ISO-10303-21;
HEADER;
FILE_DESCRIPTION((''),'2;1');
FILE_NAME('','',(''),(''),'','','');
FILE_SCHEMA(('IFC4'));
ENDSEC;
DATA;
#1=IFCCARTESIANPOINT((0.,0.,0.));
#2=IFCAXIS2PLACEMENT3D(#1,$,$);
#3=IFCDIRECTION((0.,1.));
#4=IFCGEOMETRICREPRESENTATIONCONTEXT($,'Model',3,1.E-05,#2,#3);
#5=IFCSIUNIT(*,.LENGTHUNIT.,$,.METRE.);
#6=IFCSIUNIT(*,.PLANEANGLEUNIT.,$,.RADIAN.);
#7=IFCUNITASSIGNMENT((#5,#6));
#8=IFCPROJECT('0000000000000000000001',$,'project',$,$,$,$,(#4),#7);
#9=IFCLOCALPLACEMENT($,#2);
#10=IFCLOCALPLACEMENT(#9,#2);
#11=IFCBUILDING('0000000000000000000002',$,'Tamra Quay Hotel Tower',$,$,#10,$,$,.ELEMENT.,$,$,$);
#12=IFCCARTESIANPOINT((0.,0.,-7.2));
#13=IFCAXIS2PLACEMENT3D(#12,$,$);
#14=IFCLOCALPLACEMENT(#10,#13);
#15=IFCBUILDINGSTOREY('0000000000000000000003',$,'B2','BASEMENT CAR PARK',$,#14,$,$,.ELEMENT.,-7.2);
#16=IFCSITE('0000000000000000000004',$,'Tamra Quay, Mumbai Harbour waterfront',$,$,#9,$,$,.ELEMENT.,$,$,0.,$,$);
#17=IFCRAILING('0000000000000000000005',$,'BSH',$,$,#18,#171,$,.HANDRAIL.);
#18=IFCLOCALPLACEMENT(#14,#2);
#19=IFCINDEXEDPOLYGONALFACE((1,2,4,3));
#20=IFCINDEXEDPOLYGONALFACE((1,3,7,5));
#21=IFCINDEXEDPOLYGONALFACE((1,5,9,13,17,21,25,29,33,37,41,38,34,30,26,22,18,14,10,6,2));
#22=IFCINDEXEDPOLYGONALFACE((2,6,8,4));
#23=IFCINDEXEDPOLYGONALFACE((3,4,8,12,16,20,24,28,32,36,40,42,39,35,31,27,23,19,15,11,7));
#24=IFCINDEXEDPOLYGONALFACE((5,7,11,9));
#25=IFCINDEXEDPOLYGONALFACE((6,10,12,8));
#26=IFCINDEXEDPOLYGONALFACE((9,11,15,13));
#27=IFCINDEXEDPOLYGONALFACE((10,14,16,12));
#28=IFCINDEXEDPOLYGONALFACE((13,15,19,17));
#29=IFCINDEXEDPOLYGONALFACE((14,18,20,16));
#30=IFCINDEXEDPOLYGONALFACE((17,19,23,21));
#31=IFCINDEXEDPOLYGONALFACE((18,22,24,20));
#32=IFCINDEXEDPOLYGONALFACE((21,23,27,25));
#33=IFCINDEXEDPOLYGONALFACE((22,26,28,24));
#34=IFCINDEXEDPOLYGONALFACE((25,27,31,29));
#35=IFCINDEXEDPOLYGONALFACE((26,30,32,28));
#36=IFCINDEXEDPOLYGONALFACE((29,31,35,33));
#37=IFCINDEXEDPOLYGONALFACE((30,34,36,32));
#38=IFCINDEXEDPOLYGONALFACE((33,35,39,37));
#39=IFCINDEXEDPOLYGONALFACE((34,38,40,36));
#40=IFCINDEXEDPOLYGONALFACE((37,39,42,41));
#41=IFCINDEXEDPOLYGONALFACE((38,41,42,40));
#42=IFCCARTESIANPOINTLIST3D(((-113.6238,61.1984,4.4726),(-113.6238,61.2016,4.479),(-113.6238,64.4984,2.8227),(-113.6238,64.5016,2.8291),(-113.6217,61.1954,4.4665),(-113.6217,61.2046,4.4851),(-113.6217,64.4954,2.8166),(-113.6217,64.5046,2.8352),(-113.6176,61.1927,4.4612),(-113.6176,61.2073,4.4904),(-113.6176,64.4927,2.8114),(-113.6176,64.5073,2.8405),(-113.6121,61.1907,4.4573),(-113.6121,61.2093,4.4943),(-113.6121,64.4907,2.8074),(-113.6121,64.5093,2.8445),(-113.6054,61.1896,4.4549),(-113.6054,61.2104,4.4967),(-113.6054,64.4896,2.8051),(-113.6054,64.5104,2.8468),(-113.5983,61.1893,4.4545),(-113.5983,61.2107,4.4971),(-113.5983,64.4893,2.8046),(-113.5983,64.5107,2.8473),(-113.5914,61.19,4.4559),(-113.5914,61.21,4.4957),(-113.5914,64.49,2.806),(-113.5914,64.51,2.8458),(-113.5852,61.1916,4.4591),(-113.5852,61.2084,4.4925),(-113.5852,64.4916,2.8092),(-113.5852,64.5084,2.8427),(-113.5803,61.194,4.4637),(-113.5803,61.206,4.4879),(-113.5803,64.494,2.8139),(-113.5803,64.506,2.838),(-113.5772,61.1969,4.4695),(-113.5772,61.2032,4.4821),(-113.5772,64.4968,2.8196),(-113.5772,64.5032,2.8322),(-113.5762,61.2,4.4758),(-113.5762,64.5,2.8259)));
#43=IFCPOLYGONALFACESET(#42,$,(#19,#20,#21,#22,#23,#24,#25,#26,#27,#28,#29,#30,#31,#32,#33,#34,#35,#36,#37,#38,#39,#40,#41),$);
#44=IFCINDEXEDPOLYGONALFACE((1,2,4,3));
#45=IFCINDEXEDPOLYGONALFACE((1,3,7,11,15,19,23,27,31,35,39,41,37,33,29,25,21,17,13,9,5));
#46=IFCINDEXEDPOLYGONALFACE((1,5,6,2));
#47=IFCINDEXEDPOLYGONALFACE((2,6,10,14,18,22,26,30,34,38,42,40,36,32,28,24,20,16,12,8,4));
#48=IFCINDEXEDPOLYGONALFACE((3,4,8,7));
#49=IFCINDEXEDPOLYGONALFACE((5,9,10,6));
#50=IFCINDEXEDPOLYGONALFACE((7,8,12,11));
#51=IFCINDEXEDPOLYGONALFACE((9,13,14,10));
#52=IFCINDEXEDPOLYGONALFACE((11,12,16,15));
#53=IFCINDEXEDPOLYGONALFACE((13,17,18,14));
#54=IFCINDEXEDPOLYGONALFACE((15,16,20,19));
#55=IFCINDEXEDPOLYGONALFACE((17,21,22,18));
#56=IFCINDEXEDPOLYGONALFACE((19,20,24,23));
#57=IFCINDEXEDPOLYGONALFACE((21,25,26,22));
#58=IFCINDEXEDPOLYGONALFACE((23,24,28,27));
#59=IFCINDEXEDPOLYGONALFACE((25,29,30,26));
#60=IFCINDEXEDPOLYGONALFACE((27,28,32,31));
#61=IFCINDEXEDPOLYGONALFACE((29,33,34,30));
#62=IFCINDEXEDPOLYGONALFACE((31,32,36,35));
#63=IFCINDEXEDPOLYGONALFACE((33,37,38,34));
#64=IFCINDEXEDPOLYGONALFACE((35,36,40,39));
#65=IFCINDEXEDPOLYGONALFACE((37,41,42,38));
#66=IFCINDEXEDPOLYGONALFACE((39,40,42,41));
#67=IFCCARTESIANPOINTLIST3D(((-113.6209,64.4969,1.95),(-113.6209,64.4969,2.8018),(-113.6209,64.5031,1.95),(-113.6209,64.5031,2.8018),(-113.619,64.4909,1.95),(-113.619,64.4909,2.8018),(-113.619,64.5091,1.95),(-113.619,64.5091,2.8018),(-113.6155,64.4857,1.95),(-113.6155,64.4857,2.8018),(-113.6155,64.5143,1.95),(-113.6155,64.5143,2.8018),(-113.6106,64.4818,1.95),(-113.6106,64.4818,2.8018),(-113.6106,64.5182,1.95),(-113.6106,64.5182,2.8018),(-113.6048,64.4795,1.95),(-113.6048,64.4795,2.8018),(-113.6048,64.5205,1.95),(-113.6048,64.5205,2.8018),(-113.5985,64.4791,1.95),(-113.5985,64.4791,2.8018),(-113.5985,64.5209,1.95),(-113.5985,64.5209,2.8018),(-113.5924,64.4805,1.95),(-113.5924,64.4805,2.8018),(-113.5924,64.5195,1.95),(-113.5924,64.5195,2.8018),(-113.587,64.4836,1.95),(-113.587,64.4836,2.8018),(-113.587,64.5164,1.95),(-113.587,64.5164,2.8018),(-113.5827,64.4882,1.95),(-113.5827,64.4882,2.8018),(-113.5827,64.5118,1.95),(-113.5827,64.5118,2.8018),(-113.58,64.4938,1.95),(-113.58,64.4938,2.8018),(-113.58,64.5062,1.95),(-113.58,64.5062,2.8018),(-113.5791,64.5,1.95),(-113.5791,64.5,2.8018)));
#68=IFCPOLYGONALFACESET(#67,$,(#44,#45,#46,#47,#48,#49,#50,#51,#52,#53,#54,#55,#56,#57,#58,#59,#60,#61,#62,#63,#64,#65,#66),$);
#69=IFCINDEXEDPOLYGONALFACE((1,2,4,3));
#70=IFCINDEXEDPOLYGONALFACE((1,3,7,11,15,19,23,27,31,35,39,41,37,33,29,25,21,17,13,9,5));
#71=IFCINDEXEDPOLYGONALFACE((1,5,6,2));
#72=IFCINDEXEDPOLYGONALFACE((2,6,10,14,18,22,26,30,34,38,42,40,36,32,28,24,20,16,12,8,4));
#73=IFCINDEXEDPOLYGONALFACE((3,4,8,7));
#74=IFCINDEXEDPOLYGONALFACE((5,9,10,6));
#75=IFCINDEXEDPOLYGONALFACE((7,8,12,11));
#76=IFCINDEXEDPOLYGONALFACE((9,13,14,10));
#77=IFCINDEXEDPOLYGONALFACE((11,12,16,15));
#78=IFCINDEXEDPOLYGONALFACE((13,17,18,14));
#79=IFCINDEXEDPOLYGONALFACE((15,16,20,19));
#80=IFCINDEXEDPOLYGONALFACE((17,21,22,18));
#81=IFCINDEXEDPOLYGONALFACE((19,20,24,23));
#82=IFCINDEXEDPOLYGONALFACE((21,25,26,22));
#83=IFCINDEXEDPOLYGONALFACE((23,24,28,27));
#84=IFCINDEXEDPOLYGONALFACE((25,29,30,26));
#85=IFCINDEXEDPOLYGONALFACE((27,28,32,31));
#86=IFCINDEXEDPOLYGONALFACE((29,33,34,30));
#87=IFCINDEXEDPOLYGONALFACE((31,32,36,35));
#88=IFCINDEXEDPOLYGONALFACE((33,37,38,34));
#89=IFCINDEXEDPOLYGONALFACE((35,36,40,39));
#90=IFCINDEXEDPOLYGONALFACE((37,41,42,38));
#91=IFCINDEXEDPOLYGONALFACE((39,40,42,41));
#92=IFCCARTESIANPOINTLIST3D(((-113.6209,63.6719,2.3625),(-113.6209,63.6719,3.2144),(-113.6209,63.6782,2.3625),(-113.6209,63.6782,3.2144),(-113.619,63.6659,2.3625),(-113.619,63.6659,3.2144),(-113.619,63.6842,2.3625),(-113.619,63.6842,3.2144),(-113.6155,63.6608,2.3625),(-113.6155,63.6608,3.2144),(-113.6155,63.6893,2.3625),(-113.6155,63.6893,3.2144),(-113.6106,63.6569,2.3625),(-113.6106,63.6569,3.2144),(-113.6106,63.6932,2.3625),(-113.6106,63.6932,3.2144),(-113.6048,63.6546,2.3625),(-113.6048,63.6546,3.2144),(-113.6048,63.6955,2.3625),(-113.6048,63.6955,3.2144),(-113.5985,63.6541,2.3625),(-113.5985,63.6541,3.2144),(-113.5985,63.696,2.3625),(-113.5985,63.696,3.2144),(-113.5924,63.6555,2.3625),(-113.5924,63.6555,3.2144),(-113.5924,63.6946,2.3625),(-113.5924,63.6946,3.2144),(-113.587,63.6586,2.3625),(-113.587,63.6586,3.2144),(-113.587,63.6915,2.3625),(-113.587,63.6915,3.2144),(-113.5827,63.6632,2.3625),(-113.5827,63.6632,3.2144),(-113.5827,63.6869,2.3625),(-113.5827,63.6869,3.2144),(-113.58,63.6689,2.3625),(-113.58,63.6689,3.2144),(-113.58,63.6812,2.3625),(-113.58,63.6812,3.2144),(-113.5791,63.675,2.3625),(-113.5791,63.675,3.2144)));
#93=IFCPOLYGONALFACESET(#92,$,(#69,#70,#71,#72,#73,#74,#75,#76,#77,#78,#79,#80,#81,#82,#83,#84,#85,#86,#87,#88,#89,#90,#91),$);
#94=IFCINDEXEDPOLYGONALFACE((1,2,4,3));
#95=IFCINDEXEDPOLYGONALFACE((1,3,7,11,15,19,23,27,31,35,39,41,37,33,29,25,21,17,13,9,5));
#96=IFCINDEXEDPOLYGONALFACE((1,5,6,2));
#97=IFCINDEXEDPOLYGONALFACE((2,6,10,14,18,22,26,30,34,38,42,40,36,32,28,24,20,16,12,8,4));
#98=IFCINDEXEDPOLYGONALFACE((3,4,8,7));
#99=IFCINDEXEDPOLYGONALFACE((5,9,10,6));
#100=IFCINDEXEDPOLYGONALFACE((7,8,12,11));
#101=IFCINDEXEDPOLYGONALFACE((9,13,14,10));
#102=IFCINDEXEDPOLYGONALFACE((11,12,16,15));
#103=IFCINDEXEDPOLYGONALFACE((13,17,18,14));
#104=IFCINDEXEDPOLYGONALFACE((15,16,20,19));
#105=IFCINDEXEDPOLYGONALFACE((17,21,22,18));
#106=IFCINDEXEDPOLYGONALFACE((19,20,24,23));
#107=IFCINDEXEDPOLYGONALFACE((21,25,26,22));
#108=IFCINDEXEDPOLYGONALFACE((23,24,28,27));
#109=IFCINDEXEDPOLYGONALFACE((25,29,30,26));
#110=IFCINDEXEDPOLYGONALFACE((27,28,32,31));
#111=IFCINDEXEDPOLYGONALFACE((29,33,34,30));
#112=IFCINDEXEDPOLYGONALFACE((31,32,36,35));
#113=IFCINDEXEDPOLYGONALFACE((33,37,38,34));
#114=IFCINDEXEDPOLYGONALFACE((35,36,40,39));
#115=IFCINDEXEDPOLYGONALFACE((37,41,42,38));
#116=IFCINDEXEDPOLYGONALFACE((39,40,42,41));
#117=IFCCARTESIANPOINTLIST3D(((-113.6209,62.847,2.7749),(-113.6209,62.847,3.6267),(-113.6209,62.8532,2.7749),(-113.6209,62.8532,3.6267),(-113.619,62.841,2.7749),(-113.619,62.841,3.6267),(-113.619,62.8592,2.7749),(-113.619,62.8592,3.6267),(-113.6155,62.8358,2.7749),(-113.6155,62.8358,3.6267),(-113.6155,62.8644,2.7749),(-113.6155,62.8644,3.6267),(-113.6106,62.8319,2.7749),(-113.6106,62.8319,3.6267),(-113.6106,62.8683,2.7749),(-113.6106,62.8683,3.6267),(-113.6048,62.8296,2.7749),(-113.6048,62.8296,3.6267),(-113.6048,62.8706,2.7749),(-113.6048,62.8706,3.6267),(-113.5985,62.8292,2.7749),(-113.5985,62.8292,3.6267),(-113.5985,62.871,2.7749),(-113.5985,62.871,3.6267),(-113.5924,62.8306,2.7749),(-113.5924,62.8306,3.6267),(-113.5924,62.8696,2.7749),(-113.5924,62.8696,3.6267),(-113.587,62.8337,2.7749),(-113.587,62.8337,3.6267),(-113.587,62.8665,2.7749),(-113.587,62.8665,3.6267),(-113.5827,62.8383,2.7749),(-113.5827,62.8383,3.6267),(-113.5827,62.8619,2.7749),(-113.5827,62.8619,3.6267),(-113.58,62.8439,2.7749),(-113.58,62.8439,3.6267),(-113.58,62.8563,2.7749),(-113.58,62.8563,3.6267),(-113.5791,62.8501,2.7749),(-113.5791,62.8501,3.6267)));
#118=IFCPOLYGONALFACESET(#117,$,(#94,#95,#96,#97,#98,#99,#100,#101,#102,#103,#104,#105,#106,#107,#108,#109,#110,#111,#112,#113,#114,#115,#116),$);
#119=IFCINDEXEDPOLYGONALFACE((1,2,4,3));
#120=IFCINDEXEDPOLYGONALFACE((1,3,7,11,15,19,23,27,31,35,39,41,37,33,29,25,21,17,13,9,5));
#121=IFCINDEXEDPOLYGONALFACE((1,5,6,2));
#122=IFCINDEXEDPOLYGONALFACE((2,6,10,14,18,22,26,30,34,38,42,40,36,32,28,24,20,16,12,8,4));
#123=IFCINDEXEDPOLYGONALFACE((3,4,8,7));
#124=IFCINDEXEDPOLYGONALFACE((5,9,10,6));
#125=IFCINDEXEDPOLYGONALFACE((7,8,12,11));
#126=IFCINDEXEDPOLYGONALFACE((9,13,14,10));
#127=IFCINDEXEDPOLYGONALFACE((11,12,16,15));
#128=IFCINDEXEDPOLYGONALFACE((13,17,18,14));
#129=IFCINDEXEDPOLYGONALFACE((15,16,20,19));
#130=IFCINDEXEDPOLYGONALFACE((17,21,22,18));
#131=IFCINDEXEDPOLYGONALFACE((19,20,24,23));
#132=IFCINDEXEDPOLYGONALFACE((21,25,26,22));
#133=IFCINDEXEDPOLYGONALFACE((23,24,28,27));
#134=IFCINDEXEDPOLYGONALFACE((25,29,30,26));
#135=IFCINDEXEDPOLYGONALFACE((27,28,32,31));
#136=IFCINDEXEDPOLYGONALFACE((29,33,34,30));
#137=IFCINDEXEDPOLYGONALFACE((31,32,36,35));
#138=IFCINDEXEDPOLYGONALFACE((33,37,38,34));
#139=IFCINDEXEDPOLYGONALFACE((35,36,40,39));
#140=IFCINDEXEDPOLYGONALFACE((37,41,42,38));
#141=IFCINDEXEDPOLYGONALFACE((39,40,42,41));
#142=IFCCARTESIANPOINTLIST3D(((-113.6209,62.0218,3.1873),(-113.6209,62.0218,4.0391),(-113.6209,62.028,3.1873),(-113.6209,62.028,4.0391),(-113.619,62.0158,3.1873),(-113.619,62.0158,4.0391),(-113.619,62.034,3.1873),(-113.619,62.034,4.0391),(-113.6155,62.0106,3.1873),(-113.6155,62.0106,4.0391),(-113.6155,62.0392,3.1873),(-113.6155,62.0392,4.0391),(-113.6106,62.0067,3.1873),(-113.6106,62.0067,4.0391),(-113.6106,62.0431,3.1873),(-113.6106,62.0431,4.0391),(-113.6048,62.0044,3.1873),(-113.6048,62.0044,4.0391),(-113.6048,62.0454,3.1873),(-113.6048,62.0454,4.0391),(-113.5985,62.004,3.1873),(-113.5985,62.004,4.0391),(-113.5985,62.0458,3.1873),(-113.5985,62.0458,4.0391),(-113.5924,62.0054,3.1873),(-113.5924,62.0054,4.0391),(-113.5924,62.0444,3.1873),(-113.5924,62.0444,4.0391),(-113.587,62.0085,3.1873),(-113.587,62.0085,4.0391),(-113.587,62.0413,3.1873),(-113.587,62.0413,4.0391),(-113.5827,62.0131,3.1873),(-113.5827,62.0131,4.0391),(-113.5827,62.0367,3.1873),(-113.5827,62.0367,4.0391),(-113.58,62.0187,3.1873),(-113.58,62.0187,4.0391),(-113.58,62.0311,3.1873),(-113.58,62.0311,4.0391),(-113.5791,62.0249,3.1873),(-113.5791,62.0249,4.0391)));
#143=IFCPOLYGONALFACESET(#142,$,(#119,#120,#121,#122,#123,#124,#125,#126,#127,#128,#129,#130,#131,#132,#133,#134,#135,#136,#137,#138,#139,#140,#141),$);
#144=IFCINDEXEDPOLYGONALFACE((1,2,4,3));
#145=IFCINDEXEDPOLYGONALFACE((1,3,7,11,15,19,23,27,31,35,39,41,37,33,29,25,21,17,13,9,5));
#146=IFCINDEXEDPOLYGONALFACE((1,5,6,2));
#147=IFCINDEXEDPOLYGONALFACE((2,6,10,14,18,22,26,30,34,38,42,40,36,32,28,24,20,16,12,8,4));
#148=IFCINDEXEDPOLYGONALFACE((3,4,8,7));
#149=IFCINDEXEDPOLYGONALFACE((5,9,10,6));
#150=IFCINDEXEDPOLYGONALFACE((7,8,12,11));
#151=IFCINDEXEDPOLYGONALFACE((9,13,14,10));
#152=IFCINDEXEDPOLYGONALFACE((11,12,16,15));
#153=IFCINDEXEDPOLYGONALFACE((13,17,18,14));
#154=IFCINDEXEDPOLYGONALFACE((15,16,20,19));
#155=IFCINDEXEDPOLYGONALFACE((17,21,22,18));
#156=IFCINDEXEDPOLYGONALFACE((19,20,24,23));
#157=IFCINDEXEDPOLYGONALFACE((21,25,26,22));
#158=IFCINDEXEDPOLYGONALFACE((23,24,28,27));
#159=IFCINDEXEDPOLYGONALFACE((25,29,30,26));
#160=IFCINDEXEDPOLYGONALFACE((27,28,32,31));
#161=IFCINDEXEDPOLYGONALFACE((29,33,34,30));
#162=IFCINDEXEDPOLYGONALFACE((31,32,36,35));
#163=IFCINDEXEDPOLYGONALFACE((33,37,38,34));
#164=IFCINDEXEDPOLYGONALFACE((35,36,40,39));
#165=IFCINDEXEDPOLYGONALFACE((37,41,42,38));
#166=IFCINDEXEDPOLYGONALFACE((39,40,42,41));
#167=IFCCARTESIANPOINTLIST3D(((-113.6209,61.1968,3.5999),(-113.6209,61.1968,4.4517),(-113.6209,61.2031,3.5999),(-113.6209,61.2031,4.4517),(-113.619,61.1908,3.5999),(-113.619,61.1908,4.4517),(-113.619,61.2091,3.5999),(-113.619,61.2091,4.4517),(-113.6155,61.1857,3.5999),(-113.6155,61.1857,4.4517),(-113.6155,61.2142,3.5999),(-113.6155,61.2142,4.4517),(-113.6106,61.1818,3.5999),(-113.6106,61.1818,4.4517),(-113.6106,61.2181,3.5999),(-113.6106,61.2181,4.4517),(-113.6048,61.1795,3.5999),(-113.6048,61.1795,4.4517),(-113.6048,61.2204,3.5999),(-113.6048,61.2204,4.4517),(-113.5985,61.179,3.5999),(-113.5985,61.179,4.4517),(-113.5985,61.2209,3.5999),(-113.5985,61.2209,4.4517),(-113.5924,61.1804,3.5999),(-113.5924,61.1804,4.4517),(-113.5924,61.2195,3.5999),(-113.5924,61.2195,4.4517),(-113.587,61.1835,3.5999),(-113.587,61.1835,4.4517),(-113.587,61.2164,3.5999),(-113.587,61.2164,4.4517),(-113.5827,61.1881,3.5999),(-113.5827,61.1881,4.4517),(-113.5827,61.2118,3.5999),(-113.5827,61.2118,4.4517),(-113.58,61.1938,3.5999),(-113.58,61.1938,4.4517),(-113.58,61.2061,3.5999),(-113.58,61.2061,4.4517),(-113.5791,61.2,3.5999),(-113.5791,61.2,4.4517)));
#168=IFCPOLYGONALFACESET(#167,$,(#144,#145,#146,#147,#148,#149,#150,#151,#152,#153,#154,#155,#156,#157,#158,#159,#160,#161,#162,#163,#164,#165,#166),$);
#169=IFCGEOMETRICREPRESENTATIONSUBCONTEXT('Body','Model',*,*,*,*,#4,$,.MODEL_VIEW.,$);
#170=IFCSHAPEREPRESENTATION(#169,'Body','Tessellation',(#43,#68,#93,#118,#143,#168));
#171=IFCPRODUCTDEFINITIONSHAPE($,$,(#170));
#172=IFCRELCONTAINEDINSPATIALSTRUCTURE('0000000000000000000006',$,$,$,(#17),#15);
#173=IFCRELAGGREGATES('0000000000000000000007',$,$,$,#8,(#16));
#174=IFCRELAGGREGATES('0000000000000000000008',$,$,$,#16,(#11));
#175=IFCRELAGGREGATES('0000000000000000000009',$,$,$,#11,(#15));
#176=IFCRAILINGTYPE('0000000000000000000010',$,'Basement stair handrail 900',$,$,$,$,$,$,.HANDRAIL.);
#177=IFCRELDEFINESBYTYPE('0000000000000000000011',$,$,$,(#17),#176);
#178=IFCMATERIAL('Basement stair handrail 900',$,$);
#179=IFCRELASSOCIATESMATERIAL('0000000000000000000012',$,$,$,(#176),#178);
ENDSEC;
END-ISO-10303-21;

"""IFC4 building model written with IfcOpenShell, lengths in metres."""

from ifc_helpers import new_model, si_unit, direction, frame, origin, origin_2d, place, context, subcontext, project, spatial, circle, extrude, material, type_object, element, save


model = new_model("IFC4")

# Units and contexts
model_context = context("Model", 3, precision=1e-05, world=origin(), true_north=direction((0.0, 1.0)))
body_context = subcontext(model_context, "Body", "Model", "MODEL_VIEW")
ifc_project = project(units=[si_unit("LENGTHUNIT", "METRE"), si_unit("PLANEANGLEUNIT", "RADIAN")], contexts=[model_context])

# Site, building, storey
site_placement = place(None, origin())
site = spatial("IfcSite", under=ifc_project, at=site_placement, Name="Tamra Quay, Mumbai Harbour waterfront", CompositionType="ELEMENT", RefElevation=0.0)
building_placement = place(site_placement, origin())
building = spatial("IfcBuilding", under=site, at=building_placement, Name="Tamra Quay Hotel Tower", CompositionType="ELEMENT")
storey_placement = place(building_placement, frame((0.0, 0.0, -7.2)))
storey = spatial("IfcBuildingStorey", under=building, at=storey_placement, Name="B2", Description="BASEMENT CAR PARK", CompositionType="ELEMENT", Elevation=-7.2)

# Railing
ifc_material_1 = material(Name="Basement stair handrail 900")
railing_type_1 = type_object("IfcRailingType", Name="Basement stair handrail 900", PredefinedType="HANDRAIL", material=ifc_material_1)
railing_1_placement = place(storey_placement, frame((-113.6001, 64.5, 1.95)))
element("IfcRailing", 1, at=railing_1_placement, inside=storey, type_object=railing_type_1, Name="BSH", PredefinedType="HANDRAIL", context=body_context, shape_type="SweptSolid", body=[
    extrude(circle(Radius=0.0239, at=origin_2d()), frame((0.0, 0.0, 0.876), z_axis=(0.0, -0.89444, 0.447187), x_axis=(1.0, 0.0, 0.0)), (0.0, 0.0, 1.0), 3.6895),
    extrude(circle(Radius=0.021, at=origin_2d()), origin(), (0.0, 0.0, 1.0), 0.8518),
    extrude(circle(Radius=0.021, at=origin_2d()), frame((0.0, -0.825, 0.4126)), (0.0, 0.0, 1.0), 0.8518),
    extrude(circle(Radius=0.021, at=origin_2d()), frame((0.0, -1.6499, 0.825)), (0.0, 0.0, 1.0), 0.8518),
    extrude(circle(Radius=0.021, at=origin_2d()), frame((0.0, -2.4751, 1.2373)), (0.0, 0.0, 1.0), 0.8518),
    extrude(circle(Radius=0.021, at=origin_2d()), frame((0.0, -3.3, 1.6499)), (0.0, 0.0, 1.0), 0.8518),
])

save(model, "model.ifc")
